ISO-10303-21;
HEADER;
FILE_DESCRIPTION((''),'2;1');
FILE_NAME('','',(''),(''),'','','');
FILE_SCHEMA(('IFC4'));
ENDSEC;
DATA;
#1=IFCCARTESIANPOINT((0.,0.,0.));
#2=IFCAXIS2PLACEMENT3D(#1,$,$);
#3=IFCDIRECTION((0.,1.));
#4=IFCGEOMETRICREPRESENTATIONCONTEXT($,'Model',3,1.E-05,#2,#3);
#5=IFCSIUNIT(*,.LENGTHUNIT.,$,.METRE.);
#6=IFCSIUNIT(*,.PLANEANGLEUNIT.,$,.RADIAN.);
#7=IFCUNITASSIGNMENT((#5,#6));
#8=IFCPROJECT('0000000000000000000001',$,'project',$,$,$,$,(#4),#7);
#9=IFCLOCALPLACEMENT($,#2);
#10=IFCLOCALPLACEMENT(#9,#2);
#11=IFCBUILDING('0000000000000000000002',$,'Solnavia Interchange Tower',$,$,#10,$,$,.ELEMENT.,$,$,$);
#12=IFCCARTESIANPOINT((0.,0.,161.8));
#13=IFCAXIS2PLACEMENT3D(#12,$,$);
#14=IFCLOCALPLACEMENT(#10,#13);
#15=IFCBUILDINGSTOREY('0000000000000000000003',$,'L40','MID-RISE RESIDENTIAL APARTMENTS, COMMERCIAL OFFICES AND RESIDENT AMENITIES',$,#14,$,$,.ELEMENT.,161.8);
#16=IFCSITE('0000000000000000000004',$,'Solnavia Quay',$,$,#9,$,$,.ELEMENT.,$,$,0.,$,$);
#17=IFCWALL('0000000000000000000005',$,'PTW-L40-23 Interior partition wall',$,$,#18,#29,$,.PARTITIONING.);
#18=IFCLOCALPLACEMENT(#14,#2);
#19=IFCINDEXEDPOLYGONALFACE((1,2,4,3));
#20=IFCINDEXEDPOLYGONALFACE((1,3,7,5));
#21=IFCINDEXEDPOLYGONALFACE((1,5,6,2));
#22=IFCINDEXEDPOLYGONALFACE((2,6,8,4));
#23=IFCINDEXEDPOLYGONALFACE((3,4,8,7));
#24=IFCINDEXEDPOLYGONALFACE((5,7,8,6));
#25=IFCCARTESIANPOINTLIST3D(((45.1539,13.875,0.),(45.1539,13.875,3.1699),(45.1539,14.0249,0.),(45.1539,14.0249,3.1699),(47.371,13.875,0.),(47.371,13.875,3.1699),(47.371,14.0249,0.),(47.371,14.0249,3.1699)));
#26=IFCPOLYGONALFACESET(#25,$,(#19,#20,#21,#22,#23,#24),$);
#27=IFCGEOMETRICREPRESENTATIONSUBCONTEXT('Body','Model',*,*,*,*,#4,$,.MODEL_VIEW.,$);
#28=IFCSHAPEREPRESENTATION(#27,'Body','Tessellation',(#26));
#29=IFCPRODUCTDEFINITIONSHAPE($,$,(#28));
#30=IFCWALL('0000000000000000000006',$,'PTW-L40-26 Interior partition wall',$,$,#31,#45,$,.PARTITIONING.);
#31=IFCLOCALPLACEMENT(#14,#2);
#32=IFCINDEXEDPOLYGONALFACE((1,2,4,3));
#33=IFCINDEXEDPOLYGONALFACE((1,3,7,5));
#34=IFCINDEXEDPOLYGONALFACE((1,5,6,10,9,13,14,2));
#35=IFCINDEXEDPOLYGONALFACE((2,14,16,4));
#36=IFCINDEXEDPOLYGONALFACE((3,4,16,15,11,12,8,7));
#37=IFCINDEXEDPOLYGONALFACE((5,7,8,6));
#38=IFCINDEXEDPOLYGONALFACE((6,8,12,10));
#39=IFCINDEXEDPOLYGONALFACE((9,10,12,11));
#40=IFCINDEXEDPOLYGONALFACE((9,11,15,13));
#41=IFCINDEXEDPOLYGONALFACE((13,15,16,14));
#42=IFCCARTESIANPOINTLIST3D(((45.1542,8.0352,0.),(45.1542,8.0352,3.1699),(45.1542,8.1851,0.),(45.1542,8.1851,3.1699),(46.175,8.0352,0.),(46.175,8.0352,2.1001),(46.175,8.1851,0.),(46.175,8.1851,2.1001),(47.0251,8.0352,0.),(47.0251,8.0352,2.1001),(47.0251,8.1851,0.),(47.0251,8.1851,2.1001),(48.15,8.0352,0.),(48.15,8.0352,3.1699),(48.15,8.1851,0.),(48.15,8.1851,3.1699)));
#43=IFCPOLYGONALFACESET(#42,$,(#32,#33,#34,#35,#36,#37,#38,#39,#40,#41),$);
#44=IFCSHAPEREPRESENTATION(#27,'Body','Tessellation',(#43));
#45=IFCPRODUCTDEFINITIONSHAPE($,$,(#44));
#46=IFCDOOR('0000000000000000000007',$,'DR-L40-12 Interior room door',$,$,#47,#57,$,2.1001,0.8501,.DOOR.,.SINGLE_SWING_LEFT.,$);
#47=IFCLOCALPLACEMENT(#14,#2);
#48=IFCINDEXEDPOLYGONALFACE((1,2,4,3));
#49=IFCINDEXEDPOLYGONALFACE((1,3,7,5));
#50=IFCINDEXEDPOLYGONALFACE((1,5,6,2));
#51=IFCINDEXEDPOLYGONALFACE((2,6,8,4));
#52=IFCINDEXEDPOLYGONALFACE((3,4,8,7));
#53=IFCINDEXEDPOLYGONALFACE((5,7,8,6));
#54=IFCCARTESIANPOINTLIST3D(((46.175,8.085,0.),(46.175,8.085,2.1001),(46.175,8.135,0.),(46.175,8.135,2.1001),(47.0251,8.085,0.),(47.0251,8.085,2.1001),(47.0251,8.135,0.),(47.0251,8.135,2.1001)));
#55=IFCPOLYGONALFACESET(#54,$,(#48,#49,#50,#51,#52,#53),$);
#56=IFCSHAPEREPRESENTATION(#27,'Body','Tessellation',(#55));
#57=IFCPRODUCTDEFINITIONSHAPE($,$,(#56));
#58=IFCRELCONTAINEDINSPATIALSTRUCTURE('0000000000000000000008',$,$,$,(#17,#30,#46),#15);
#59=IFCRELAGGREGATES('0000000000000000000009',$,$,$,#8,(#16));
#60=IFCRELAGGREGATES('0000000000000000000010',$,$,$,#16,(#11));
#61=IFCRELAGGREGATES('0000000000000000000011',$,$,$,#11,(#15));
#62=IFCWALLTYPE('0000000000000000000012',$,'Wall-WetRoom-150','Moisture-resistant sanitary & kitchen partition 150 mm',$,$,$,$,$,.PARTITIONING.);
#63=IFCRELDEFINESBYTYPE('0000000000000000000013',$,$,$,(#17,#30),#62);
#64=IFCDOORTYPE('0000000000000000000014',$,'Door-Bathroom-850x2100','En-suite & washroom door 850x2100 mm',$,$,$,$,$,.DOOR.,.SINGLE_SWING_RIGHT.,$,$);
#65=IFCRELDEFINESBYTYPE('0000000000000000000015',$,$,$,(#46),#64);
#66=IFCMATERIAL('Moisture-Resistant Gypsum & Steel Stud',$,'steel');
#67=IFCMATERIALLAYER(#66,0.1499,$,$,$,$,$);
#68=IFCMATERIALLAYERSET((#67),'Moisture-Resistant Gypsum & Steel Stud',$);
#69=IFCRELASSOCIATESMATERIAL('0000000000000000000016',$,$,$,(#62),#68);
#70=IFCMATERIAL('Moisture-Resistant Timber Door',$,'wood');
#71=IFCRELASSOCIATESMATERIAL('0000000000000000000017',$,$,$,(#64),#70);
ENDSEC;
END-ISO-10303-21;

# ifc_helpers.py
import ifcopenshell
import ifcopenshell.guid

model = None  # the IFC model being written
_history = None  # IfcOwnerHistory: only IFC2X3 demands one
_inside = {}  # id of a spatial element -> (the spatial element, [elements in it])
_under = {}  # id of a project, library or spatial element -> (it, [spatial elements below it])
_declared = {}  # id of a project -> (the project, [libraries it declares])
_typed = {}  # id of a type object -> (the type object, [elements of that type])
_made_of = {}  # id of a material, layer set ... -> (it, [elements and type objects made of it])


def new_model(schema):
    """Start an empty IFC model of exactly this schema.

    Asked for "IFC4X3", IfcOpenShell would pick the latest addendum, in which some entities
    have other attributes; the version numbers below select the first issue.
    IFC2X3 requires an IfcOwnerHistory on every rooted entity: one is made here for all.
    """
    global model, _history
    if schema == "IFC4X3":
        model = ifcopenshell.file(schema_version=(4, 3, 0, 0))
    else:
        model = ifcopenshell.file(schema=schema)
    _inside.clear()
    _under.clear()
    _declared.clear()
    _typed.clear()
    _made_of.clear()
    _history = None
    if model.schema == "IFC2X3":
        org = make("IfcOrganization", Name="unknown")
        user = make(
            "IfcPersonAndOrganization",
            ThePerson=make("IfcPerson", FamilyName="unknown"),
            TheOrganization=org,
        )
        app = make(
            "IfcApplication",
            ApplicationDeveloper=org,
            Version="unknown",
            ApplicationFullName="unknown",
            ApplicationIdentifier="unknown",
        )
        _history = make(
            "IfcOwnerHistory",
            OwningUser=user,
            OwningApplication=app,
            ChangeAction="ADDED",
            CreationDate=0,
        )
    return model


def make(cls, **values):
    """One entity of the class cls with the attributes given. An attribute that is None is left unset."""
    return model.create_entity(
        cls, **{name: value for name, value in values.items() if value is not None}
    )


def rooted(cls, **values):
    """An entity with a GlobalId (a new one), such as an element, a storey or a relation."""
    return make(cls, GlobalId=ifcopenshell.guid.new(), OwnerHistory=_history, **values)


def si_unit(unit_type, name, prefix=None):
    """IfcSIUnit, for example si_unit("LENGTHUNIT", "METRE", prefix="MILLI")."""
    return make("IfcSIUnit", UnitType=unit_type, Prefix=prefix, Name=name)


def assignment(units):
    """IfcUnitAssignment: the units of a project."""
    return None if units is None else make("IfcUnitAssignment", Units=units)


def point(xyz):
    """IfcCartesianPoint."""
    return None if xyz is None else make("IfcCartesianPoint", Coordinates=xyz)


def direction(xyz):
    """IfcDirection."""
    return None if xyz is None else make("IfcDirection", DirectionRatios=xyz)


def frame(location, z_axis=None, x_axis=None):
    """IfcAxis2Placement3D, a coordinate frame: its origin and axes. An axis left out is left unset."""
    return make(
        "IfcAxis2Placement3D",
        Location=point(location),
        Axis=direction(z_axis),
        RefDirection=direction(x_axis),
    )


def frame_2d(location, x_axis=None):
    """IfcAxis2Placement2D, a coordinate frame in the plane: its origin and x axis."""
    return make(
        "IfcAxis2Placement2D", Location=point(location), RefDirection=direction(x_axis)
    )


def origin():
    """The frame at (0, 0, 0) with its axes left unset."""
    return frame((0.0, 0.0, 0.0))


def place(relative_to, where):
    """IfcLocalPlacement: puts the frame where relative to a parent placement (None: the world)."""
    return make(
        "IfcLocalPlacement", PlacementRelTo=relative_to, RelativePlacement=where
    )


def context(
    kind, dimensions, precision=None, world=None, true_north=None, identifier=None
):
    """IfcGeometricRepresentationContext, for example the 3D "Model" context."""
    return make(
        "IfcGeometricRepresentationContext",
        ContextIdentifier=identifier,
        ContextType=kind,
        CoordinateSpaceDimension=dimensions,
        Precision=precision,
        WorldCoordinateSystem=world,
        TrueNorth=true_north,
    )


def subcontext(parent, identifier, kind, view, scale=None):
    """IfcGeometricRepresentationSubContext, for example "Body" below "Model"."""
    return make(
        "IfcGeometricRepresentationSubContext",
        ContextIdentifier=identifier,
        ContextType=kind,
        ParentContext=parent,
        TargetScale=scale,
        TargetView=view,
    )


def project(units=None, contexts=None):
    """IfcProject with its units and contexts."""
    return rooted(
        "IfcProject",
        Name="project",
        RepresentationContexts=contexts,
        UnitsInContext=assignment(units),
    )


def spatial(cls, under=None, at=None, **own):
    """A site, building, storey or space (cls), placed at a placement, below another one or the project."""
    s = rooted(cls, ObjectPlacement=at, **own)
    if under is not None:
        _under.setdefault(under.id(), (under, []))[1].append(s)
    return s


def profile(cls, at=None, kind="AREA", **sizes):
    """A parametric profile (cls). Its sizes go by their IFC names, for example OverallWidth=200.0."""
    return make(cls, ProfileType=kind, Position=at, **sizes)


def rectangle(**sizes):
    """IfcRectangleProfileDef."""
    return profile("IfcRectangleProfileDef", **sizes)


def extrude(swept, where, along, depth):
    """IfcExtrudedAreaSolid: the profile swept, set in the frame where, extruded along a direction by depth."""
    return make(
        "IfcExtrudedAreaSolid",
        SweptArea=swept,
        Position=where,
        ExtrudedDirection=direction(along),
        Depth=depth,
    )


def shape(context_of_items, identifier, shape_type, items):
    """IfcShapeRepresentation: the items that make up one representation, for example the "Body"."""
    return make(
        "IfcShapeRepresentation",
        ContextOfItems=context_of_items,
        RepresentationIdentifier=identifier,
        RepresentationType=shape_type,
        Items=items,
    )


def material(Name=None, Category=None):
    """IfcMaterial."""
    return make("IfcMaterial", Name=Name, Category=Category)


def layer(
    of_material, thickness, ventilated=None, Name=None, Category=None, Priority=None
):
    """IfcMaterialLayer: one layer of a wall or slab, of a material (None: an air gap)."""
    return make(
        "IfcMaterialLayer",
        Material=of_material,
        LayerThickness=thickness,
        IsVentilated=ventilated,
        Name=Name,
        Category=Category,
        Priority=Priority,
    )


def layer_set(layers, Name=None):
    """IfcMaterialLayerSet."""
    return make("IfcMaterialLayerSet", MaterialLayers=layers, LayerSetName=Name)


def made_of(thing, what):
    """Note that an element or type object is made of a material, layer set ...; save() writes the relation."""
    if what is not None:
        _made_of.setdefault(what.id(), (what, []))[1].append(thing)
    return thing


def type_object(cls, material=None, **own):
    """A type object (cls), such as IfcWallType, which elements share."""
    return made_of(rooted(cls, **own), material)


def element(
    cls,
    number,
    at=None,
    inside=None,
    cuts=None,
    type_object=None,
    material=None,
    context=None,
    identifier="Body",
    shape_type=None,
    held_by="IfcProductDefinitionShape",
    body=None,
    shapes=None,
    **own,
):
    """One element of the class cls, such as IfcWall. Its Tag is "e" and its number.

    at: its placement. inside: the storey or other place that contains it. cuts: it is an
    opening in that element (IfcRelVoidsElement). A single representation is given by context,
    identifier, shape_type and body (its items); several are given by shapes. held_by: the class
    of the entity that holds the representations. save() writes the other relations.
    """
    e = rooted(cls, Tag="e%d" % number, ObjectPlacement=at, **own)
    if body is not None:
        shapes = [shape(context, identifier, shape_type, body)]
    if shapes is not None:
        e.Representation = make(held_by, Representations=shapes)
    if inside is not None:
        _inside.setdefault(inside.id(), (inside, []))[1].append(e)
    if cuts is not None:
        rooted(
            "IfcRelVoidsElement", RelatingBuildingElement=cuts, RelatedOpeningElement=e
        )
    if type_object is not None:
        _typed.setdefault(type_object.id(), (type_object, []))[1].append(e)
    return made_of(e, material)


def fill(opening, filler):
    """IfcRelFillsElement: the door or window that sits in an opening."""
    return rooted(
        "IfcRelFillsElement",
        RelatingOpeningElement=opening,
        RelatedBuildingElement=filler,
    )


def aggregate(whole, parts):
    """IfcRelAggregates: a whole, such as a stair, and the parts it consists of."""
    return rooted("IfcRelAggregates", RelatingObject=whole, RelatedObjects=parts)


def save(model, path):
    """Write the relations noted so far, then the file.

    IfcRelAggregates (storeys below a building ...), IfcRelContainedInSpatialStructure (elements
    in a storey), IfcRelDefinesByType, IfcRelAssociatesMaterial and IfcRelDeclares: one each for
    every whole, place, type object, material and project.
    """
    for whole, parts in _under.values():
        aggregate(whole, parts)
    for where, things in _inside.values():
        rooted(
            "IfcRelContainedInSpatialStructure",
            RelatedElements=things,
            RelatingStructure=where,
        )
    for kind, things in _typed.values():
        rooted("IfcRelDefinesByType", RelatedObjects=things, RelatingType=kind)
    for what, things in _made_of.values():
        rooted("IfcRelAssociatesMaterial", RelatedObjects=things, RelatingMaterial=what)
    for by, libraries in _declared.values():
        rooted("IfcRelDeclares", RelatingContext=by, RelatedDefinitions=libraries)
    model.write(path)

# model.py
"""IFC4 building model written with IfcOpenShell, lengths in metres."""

from ifc_helpers import new_model, si_unit, direction, frame, frame_2d, origin, place, context, subcontext, project, spatial, rectangle, extrude, material, layer, layer_set, type_object, element, fill, save


model = new_model("IFC4")

# Units and contexts
model_context = context("Model", 3, precision=1e-05, world=origin(), true_north=direction((0.0, 1.0)))
body_context = subcontext(model_context, "Body", "Model", "MODEL_VIEW")
ifc_project = project(units=[si_unit("LENGTHUNIT", "METRE"), si_unit("PLANEANGLEUNIT", "RADIAN")], contexts=[model_context])

# Site, building, storey
site_placement = place(None, origin())
site = spatial("IfcSite", under=ifc_project, at=site_placement, Name="Solnavia Quay", CompositionType="ELEMENT", RefElevation=0.0)
building_placement = place(site_placement, origin())
building = spatial("IfcBuilding", under=site, at=building_placement, Name="Solnavia Interchange Tower", CompositionType="ELEMENT")
storey_placement = place(building_placement, frame((0.0, 0.0, 161.8)))
storey = spatial("IfcBuildingStorey", under=building, at=storey_placement, Name="L40", Description="MID-RISE RESIDENTIAL APARTMENTS, COMMERCIAL OFFICES AND RESIDENT AMENITIES", CompositionType="ELEMENT", Elevation=161.8)

# Wall
ifc_material_1 = material(Name="Moisture-Resistant Gypsum & Steel Stud", Category="steel")
ifc_layer_1 = layer(ifc_material_1, 0.1499)
ifc_layer_set_1 = layer_set([ifc_layer_1], Name="Moisture-Resistant Gypsum & Steel Stud")
wall_type_1 = type_object("IfcWallType", Name="Wall-WetRoom-150", Description="Moisture-resistant sanitary & kitchen partition 150 mm", PredefinedType="PARTITIONING", material=ifc_layer_set_1)
wall_1_placement = place(storey_placement, frame((45.1541, 13.95, 0.0), z_axis=(0.0, 0.0, 1.0), x_axis=(1.0, 0.0, 0.0)))
element("IfcWall", 1, at=wall_1_placement, inside=storey, type_object=wall_type_1, Name="PTW-L40-23 Interior partition wall", PredefinedType="PARTITIONING", context=body_context, shape_type="SweptSolid", body=[
    extrude(rectangle(XDim=2.217, YDim=0.1499, at=frame_2d((1.1084, 0.0))), origin(), (0.0, 0.0, 1.0), 3.1699),
])

# Wall, opening, door
wall_2_placement = place(storey_placement, frame((45.1541, 8.1101, 0.0), z_axis=(0.0, 0.0, 1.0), x_axis=(1.0, 0.0, 0.0)))
wall_2 = element("IfcWall", 2, at=wall_2_placement, inside=storey, type_object=wall_type_1, Name="PTW-L40-26 Interior partition wall", PredefinedType="PARTITIONING", context=body_context, shape_type="SweptSolid", body=[
    extrude(rectangle(XDim=2.9958, YDim=0.1499, at=frame_2d((1.498, 0.0))), origin(), (0.0, 0.0, 1.0), 3.1699),
])
opening_1_placement = place(wall_2_placement, frame((1.021, 0.0, 0.0)))
opening_1 = element("IfcOpeningElement", 3, at=opening_1_placement, cuts=wall_2, PredefinedType="OPENING", context=body_context, shape_type="SweptSolid", body=[
    extrude(rectangle(XDim=0.8501, YDim=2.1001, at=frame_2d((0.425, 1.05))), frame((0.0, 0.085, 0.0), z_axis=(0.0, -1.0, 0.0), x_axis=(1.0, 0.0, 0.0)), (0.0, 0.0, 1.0), 0.1699),
])
ifc_material_2 = material(Name="Moisture-Resistant Timber Door", Category="wood")
door_type = type_object("IfcDoorType", Name="Door-Bathroom-850x2100", Description="En-suite & washroom door 850x2100 mm", OperationType="SINGLE_SWING_RIGHT", PredefinedType="DOOR", material=ifc_material_2)
door_placement = place(opening_1_placement, origin())
door = element("IfcDoor", 4, at=door_placement, inside=storey, type_object=door_type, Name="DR-L40-12 Interior room door", OperationType="SINGLE_SWING_LEFT", OverallHeight=2.1001, OverallWidth=0.8501, PredefinedType="DOOR", context=body_context, shape_type="SweptSolid", body=[
    extrude(rectangle(XDim=0.8501, YDim=2.1001, at=frame_2d((0.425, 1.05))), frame((0.0, 0.0249, 0.0), z_axis=(0.0, -1.0, 0.0), x_axis=(1.0, 0.0, 0.0)), (0.0, 0.0, 1.0), 0.05),
])
fill(opening_1, door)

save(model, "model.ifc")
